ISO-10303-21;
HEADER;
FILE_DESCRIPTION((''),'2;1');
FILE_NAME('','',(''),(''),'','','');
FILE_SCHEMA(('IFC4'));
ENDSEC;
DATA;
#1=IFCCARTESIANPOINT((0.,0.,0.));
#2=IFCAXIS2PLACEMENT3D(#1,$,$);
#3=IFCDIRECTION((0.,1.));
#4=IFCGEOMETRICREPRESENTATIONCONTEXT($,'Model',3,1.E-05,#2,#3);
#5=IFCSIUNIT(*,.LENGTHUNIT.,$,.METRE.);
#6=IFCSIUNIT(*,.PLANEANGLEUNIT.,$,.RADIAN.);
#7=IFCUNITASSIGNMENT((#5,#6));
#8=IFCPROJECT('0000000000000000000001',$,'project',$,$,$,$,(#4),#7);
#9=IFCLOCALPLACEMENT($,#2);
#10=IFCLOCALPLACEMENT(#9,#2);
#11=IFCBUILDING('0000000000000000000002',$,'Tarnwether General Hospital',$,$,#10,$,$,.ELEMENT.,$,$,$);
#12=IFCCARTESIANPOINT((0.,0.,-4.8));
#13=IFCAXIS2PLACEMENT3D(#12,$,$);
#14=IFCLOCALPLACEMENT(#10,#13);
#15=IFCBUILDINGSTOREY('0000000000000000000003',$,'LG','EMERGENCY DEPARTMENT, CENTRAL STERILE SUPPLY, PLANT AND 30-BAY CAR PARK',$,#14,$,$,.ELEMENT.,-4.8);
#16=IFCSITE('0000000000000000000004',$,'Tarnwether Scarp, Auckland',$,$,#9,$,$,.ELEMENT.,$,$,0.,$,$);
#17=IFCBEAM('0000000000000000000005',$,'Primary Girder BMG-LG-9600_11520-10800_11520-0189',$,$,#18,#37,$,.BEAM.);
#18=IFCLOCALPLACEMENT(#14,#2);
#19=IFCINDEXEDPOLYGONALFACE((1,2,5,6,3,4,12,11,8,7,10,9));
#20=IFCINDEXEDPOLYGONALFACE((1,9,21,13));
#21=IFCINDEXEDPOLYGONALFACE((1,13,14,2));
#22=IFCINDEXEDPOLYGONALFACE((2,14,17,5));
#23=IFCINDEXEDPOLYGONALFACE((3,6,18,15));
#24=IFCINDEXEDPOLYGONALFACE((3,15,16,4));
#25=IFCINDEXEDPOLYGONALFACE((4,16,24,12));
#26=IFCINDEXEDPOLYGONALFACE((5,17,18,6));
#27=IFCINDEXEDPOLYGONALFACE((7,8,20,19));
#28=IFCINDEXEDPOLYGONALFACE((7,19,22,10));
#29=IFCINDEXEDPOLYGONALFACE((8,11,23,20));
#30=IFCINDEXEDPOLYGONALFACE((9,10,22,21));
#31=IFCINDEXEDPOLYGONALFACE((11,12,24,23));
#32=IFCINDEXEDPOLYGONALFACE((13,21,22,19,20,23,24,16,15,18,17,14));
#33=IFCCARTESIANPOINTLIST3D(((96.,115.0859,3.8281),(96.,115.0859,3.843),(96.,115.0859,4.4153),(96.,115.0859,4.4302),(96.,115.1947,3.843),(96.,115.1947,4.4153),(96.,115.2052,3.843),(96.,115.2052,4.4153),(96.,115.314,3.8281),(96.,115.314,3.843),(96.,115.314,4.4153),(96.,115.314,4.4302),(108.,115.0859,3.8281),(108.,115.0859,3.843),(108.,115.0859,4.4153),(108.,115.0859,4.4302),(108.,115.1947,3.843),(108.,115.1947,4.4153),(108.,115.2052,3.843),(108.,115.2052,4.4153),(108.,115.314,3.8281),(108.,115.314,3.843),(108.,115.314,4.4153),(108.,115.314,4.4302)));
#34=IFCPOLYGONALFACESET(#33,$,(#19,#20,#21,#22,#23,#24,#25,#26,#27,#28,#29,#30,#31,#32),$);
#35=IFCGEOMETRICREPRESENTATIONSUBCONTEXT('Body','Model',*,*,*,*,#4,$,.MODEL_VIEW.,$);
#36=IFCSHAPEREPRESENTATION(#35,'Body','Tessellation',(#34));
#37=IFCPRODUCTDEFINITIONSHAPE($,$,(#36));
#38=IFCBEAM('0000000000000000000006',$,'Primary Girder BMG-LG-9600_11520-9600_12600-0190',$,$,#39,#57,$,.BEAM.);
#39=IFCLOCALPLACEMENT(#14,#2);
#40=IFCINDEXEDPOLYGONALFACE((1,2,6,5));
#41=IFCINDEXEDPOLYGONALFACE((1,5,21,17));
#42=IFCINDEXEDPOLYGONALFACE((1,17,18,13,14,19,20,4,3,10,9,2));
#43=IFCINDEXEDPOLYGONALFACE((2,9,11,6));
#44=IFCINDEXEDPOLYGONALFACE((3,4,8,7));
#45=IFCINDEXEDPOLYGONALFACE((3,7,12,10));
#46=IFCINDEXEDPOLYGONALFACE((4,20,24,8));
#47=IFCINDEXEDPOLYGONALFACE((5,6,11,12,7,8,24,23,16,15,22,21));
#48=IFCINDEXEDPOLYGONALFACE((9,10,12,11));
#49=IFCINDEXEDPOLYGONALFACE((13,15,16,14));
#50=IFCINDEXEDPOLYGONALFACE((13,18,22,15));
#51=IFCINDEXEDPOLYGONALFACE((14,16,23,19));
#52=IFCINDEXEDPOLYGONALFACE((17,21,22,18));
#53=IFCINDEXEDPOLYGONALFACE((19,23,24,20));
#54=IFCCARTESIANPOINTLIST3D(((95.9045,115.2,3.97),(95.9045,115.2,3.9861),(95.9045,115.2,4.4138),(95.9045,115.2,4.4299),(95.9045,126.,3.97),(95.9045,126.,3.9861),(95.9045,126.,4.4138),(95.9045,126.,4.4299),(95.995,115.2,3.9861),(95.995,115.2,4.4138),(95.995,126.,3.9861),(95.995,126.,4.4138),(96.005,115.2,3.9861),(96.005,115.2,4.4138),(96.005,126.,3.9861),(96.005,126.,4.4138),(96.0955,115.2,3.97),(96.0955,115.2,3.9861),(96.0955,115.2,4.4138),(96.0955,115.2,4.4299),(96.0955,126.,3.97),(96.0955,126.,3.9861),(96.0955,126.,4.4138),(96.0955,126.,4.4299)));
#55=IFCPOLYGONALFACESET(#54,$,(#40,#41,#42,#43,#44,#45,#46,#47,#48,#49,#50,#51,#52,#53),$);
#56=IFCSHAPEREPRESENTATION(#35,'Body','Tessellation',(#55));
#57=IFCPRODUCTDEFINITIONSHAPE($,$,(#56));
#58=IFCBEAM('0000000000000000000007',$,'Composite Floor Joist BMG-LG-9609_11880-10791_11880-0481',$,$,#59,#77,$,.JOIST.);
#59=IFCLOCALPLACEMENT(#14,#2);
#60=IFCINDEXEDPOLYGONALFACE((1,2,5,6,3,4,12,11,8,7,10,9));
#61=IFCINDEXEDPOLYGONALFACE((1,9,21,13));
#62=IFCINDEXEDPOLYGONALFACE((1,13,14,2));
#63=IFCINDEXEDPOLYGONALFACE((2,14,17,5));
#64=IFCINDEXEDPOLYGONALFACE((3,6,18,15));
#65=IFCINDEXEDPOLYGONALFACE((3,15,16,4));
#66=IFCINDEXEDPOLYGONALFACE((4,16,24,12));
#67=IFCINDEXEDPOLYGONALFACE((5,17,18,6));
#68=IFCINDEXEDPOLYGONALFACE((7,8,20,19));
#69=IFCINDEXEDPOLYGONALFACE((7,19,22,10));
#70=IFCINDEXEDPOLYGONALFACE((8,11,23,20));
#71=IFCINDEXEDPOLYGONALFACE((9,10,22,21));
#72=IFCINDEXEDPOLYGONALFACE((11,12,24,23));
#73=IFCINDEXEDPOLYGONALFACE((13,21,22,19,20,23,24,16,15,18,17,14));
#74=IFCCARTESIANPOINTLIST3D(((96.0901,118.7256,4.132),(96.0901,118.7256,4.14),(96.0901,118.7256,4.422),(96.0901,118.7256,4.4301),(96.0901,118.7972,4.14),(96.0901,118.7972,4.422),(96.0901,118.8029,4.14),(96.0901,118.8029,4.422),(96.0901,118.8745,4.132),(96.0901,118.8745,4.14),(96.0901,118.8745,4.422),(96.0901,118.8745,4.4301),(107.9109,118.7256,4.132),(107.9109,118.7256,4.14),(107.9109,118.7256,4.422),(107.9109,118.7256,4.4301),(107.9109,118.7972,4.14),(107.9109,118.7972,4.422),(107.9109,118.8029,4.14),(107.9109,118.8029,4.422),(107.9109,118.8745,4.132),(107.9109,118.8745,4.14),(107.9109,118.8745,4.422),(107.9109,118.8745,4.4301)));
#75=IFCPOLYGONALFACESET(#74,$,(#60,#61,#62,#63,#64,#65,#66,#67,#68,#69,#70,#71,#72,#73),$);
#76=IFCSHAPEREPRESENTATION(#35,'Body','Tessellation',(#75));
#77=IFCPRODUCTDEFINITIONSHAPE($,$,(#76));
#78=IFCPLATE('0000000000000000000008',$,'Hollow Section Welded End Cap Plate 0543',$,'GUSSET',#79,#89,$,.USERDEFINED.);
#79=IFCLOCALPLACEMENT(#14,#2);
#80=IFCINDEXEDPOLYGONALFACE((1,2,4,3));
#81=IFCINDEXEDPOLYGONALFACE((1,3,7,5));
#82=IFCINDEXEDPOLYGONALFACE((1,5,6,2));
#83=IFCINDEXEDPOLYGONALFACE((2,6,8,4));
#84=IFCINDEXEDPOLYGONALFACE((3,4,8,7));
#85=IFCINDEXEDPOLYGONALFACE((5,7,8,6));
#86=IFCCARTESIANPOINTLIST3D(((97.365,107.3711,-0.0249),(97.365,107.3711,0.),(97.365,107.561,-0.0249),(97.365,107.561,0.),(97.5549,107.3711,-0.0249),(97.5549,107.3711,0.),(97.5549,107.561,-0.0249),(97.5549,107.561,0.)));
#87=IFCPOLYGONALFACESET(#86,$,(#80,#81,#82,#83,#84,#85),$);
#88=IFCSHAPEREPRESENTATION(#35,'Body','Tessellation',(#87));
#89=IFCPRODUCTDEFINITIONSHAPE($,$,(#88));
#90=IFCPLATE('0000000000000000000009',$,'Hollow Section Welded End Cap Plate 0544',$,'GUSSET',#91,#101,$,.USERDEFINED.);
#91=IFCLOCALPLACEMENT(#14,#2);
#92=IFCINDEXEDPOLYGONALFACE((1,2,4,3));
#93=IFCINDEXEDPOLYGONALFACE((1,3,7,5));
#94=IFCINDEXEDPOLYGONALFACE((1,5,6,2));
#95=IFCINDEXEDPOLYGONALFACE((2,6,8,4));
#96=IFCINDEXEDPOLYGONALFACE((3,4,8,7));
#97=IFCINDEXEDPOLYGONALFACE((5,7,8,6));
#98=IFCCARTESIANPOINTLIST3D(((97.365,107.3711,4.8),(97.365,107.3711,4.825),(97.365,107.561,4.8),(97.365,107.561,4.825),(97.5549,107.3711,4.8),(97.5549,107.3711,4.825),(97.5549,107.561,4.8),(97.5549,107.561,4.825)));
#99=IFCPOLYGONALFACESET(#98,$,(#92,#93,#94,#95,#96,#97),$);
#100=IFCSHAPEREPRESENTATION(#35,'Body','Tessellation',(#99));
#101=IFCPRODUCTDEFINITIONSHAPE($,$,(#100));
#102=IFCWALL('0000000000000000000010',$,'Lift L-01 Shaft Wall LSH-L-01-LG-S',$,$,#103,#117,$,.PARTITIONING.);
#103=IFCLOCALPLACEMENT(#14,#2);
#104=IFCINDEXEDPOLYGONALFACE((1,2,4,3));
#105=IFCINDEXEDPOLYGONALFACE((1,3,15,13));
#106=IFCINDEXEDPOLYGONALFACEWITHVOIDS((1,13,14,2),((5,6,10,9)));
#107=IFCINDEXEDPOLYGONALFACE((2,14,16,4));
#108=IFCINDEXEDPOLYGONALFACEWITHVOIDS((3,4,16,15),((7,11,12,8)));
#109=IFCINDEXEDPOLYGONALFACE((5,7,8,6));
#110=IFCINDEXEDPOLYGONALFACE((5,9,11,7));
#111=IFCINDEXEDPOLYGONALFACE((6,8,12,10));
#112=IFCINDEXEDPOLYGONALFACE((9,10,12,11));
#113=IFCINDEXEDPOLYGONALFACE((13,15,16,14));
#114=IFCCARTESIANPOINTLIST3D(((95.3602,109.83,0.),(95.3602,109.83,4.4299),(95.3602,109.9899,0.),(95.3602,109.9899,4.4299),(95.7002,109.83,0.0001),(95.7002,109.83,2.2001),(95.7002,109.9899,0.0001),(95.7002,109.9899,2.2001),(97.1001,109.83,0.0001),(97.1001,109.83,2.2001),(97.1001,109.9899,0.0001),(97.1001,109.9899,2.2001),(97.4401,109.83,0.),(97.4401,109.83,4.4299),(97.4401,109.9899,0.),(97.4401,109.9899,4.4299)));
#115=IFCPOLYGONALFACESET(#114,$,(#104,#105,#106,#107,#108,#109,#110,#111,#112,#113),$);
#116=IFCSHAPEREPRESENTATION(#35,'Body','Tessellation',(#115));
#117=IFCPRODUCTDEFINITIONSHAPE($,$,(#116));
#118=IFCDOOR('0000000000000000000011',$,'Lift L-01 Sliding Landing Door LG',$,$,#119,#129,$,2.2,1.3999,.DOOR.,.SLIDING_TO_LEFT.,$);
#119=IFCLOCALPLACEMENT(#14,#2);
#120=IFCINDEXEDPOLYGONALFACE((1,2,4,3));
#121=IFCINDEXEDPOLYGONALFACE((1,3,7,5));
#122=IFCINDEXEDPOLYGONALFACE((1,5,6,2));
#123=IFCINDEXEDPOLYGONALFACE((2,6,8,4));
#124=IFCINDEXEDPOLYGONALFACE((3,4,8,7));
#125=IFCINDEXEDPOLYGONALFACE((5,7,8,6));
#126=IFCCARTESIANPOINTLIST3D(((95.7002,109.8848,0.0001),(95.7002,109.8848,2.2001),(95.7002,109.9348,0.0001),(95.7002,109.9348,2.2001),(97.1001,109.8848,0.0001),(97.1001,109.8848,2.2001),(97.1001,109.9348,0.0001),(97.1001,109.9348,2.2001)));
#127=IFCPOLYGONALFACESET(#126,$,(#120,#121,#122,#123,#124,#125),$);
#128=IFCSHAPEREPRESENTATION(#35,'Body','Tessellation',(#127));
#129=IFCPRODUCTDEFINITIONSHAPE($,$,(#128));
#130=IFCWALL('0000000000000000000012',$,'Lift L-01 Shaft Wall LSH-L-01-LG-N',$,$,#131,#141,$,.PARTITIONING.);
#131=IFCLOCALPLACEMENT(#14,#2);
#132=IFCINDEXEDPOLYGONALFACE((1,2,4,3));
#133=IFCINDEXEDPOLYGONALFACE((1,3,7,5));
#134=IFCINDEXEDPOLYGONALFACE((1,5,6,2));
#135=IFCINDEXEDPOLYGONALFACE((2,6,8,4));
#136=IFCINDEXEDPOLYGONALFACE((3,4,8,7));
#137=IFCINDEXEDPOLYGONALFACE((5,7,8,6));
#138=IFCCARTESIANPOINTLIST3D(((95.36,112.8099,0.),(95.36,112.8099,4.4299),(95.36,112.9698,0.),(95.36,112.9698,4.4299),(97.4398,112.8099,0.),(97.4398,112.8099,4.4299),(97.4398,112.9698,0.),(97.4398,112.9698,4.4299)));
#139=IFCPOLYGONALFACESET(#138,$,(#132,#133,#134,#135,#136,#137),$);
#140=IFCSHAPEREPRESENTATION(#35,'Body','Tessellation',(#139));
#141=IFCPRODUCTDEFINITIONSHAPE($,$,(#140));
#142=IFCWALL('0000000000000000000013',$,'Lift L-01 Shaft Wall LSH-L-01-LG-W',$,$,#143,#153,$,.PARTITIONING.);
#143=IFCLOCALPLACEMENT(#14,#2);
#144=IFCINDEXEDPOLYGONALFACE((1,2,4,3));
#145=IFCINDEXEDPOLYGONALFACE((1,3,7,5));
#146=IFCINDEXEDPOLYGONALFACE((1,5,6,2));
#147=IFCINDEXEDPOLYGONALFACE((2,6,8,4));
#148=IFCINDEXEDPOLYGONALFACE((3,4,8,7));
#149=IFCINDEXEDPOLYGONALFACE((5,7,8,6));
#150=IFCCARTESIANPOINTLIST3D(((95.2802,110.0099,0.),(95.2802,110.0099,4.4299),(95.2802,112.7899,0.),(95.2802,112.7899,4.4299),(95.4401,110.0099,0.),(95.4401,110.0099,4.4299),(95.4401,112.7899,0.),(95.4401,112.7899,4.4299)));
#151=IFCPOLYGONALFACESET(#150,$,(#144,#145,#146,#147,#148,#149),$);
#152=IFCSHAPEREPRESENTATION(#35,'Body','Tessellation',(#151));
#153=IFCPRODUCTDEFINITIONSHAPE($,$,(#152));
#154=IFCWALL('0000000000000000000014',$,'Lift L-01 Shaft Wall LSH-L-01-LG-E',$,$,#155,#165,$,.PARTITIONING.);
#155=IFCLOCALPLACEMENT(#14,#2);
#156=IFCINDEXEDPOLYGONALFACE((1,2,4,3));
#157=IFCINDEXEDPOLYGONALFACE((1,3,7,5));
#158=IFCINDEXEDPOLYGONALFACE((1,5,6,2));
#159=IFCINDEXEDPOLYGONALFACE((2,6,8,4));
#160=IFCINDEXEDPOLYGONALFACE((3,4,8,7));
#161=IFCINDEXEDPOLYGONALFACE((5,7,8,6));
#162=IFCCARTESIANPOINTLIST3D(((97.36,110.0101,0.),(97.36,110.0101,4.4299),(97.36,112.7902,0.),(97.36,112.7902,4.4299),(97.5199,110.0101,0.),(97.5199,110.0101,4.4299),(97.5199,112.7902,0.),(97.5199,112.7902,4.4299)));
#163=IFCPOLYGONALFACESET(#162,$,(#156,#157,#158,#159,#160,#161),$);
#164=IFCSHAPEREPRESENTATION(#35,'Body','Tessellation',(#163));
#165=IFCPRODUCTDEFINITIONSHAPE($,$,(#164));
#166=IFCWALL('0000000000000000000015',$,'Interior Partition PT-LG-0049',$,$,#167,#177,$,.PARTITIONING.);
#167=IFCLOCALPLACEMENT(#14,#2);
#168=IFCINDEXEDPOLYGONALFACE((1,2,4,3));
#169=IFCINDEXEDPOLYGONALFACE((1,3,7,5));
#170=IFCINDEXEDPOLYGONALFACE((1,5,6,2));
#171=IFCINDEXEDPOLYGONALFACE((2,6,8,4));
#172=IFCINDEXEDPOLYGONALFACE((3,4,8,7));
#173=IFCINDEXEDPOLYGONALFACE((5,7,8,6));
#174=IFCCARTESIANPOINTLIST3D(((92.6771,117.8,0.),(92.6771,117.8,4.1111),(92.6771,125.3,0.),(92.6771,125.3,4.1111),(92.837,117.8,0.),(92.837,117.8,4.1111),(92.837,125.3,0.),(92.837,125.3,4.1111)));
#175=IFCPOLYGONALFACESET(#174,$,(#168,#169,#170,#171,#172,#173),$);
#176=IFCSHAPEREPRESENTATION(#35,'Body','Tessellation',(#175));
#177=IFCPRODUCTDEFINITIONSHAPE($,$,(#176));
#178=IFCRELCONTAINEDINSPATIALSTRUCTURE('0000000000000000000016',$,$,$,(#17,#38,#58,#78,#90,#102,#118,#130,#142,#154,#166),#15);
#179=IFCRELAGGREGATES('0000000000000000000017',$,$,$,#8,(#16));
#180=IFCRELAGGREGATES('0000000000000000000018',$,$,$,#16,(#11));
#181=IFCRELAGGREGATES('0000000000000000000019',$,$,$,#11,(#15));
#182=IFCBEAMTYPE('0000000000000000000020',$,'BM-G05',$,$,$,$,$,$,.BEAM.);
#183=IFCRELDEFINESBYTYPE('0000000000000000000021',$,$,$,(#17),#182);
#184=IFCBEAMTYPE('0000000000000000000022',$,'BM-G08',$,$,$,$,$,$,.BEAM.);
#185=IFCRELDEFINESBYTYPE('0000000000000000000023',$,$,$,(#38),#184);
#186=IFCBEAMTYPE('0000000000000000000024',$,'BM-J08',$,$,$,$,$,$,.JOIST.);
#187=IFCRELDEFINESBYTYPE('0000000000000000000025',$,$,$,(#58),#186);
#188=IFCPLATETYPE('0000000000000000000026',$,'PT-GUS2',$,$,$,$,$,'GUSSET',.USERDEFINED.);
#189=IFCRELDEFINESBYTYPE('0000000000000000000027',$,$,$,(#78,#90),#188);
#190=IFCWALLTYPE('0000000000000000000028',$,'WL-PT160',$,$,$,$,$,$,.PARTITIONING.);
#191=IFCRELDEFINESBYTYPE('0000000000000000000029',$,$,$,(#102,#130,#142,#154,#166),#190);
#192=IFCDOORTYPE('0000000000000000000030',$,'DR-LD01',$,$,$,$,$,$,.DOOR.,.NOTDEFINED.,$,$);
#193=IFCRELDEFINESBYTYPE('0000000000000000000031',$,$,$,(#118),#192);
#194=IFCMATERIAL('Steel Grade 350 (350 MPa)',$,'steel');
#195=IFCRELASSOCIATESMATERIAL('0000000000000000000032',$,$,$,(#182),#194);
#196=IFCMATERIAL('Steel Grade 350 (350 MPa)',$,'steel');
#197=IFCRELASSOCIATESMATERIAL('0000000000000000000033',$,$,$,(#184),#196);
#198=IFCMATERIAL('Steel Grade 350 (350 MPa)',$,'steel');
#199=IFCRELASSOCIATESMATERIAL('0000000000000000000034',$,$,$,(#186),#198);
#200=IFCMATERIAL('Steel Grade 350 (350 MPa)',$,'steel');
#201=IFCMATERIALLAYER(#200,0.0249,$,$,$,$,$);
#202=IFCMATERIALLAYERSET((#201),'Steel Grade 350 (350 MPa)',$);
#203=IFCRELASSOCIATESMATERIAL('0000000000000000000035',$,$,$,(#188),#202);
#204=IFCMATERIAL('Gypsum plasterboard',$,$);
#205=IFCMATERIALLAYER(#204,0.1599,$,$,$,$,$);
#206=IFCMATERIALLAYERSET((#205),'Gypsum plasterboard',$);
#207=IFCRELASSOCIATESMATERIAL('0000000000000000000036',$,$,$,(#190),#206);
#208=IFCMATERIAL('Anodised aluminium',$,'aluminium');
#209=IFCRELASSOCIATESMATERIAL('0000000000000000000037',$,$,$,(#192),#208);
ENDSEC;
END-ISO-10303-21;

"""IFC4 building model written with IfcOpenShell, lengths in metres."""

from ifc_helpers import new_model, si_unit, direction, frame, frame_2d, origin, origin_2d, place, context, subcontext, project, spatial, rectangle, i_section, extrude, material, layer, layer_set, material_profile, profile_set, type_object, element, fill, save


model = new_model("IFC4")

# Units and contexts
model_context = context("Model", 3, precision=1e-05, world=origin(), true_north=direction((0.0, 1.0)))
body_context = subcontext(model_context, "Body", "Model", "MODEL_VIEW")
ifc_project = project(units=[si_unit("LENGTHUNIT", "METRE"), si_unit("PLANEANGLEUNIT", "RADIAN")], contexts=[model_context])

# Site, building, storey
site_placement = place(None, origin())
site = spatial("IfcSite", under=ifc_project, at=site_placement, Name="Tarnwether Scarp, Auckland", CompositionType="ELEMENT", RefElevation=0.0)
building_placement = place(site_placement, origin())
building = spatial("IfcBuilding", under=site, at=building_placement, Name="Tarnwether General Hospital", CompositionType="ELEMENT")
storey_placement = place(building_placement, frame((0.0, 0.0, -4.8)))
storey = spatial("IfcBuildingStorey", under=building, at=storey_placement, Name="LG", Description="EMERGENCY DEPARTMENT, CENTRAL STERILE SUPPLY, PLANT AND 30-BAY CAR PARK", CompositionType="ELEMENT", Elevation=-4.8)

# Beams
ifc_material_1 = material(Name="Steel Grade 350 (350 MPa)", Category="steel")
ifc_material_profile_1 = material_profile(ifc_material_1, i_section(OverallWidth=0.228, OverallDepth=0.6021, WebThickness=0.0105, FlangeThickness=0.0149, at=origin_2d()), Name="610UB101")
ifc_profile_set_1 = profile_set([ifc_material_profile_1], Name="Steel Grade 350 (350 MPa)")
beam_type_1 = type_object("IfcBeamType", Name="BM-G05", PredefinedType="BEAM", material=ifc_profile_set_1)
beam_1_placement = place(storey_placement, frame((96.0, 115.2, 4.1292), z_axis=(1.0, 0.0, 0.0), x_axis=(0.0, 1.0, 0.0)))
element("IfcBeam", 1, at=beam_1_placement, inside=storey, type_object=beam_type_1, Name="Primary Girder BMG-LG-9600_11520-10800_11520-0189", PredefinedType="BEAM", context=body_context, shape_type="SweptSolid", body=[
    extrude(i_section(OverallWidth=0.228, OverallDepth=0.6021, WebThickness=0.0105, FlangeThickness=0.0149, at=origin_2d()), origin(), (0.0, 0.0, 1.0), 12.0),
])
ifc_material_2 = material(Name="Steel Grade 350 (350 MPa)", Category="steel")
ifc_material_profile_2 = material_profile(ifc_material_2, i_section(OverallWidth=0.1909, OverallDepth=0.46, WebThickness=0.01, FlangeThickness=0.0161, at=origin_2d()), Name="460UB82.1")
ifc_profile_set_2 = profile_set([ifc_material_profile_2], Name="Steel Grade 350 (350 MPa)")
beam_type_2 = type_object("IfcBeamType", Name="BM-G08", PredefinedType="BEAM", material=ifc_profile_set_2)
beam_2_placement = place(storey_placement, frame((96.0, 115.2, 4.2), z_axis=(0.0, 1.0, 0.0), x_axis=(-1.0, 0.0, 0.0)))
element("IfcBeam", 2, at=beam_2_placement, inside=storey, type_object=beam_type_2, Name="Primary Girder BMG-LG-9600_11520-9600_12600-0190", PredefinedType="BEAM", context=body_context, shape_type="SweptSolid", body=[
    extrude(i_section(OverallWidth=0.1909, OverallDepth=0.46, WebThickness=0.01, FlangeThickness=0.0161, at=origin_2d()), origin(), (0.0, 0.0, 1.0), 10.8),
])
ifc_material_3 = material(Name="Steel Grade 350 (350 MPa)", Category="steel")
ifc_material_profile_3 = material_profile(ifc_material_3, i_section(OverallWidth=0.1489, OverallDepth=0.2981, WebThickness=0.0056, FlangeThickness=0.0081, at=origin_2d()), Name="310UB32.0")
ifc_profile_set_3 = profile_set([ifc_material_profile_3], Name="Steel Grade 350 (350 MPa)")
beam_type_3 = type_object("IfcBeamType", Name="BM-J08", PredefinedType="JOIST", material=ifc_profile_set_3)
beam_3_placement = place(storey_placement, frame((96.0901, 118.8, 4.281), z_axis=(1.0, 0.0, 0.0), x_axis=(0.0, 1.0, 0.0)))
element("IfcBeam", 3, at=beam_3_placement, inside=storey, type_object=beam_type_3, Name="Composite Floor Joist BMG-LG-9609_11880-10791_11880-0481", PredefinedType="JOIST", context=body_context, shape_type="SweptSolid", body=[
    extrude(i_section(OverallWidth=0.1489, OverallDepth=0.2981, WebThickness=0.0056, FlangeThickness=0.0081, at=origin_2d()), origin(), (0.0, 0.0, 1.0), 11.8208),
])

# Plates
ifc_material_4 = material(Name="Steel Grade 350 (350 MPa)", Category="steel")
ifc_layer_1 = layer(ifc_material_4, 0.0249)
ifc_layer_set_1 = layer_set([ifc_layer_1], Name="Steel Grade 350 (350 MPa)")
plate_type = type_object("IfcPlateType", Name="PT-GUS2", ElementType="GUSSET", PredefinedType="USERDEFINED", material=ifc_layer_set_1)
for number, where, z_axis, x_axis, name in (
    (4, (97.46, 107.4661, -0.0249), (0.0, 0.0, 1.0), (1.0, 0.0, 0.0), "Hollow Section Welded End Cap Plate 0543"),
    (5, (97.46, 107.4661, 4.8), (0.0, 0.0, 1.0), (1.0, 0.0, 0.0), "Hollow Section Welded End Cap Plate 0544"),
):
    element("IfcPlate", number, at=place(storey_placement, frame(where, z_axis=z_axis, x_axis=x_axis)), inside=storey, type_object=plate_type, Name=name, ObjectType="GUSSET", PredefinedType="USERDEFINED", context=body_context, shape_type="SweptSolid", body=[
        extrude(rectangle(XDim=0.1899, YDim=0.1899, at=origin_2d()), origin(), (0.0, 0.0, 1.0), 0.0249),
    ])

# Wall, opening, door
ifc_material_5 = material(Name="Gypsum plasterboard")
ifc_layer_2 = layer(ifc_material_5, 0.1599)
ifc_layer_set_2 = layer_set([ifc_layer_2], Name="Gypsum plasterboard")
wall_type_1 = type_object("IfcWallType", Name="WL-PT160", PredefinedType="PARTITIONING", material=ifc_layer_set_2)
wall_1_placement = place(storey_placement, frame((95.3601, 109.9099, 0.0), z_axis=(0.0, 0.0, 1.0), x_axis=(1.0, 0.0, 0.0)))
wall_1 = element("IfcWall", 6, at=wall_1_placement, inside=storey, type_object=wall_type_1, Name="Lift L-01 Shaft Wall LSH-L-01-LG-S", PredefinedType="PARTITIONING", context=body_context, shape_type="SweptSolid", body=[
    extrude(rectangle(XDim=2.0798, YDim=0.1599, at=frame_2d((1.04, 0.0))), origin(), (0.0, 0.0, 1.0), 4.4299),
])
opening_1_placement = place(wall_1_placement, frame((0.3401, 0.0, 0.0)))
opening_1 = element("IfcOpeningElement", 7, at=opening_1_placement, cuts=wall_1, PredefinedType="OPENING", context=body_context, shape_type="SweptSolid", body=[
    extrude(rectangle(XDim=1.3999, YDim=2.2, at=frame_2d((0.7, 1.1001))), frame((0.0, 0.0898, 0.0), z_axis=(0.0, -1.0, 0.0), x_axis=(1.0, 0.0, 0.0)), (0.0, 0.0, 1.0), 0.1799),
])
ifc_material_6 = material(Name="Anodised aluminium", Category="aluminium")
door_type_1 = type_object("IfcDoorType", Name="DR-LD01", OperationType="NOTDEFINED", PredefinedType="DOOR", material=ifc_material_6)
door_1_placement = place(opening_1_placement, origin())
door_1 = element("IfcDoor", 8, at=door_1_placement, inside=storey, type_object=door_type_1, Name="Lift L-01 Sliding Landing Door LG", OperationType="SLIDING_TO_LEFT", OverallHeight=2.2, OverallWidth=1.3999, PredefinedType="DOOR", context=body_context, shape_type="SweptSolid", body=[
    extrude(rectangle(XDim=1.3999, YDim=2.2, at=frame_2d((0.7, 1.1001))), frame((0.0, 0.0249, 0.0), z_axis=(0.0, -1.0, 0.0), x_axis=(1.0, 0.0, 0.0)), (0.0, 0.0, 1.0), 0.05),
])
fill(opening_1, door_1)

# Walls
wall_2_placement = place(storey_placement, frame((97.4399, 112.8899, 0.0), z_axis=(0.0, 0.0, 1.0), x_axis=(-1.0, 0.0, 0.0)))
element("IfcWall", 9, at=wall_2_placement, inside=storey, type_object=wall_type_1, Name="Lift L-01 Shaft Wall LSH-L-01-LG-N", PredefinedType="PARTITIONING", context=body_context, shape_type="SweptSolid", body=[
    extrude(rectangle(XDim=2.0798, YDim=0.1599, at=frame_2d((1.04, 0.0))), origin(), (0.0, 0.0, 1.0), 4.4299),
])
for number, where, z_axis, x_axis, name in (
    (10, (95.3601, 112.79, 0.0), (0.0, 0.0, 1.0), (0.0, -1.0, 0.0), "Lift L-01 Shaft Wall LSH-L-01-LG-W"),
    (11, (97.4399, 110.01, 0.0), (0.0, 0.0, 1.0), (0.0, 1.0, 0.0), "Lift L-01 Shaft Wall LSH-L-01-LG-E"),
):
    element("IfcWall", number, at=place(storey_placement, frame(where, z_axis=z_axis, x_axis=x_axis)), inside=storey, type_object=wall_type_1, Name=name, PredefinedType="PARTITIONING", context=body_context, shape_type="SweptSolid", body=[
        extrude(rectangle(XDim=2.78, YDim=0.1599, at=frame_2d((1.3901, 0.0))), origin(), (0.0, 0.0, 1.0), 4.4299),
    ])

# Wall
wall_3_placement = place(storey_placement, frame((92.7571, 117.8, 0.0), z_axis=(0.0, 0.0, 1.0), x_axis=(0.0, 1.0, 0.0)))
element("IfcWall", 12, at=wall_3_placement, inside=storey, type_object=wall_type_1, Name="Interior Partition PT-LG-0049", PredefinedType="PARTITIONING", context=body_context, shape_type="SweptSolid", body=[
    extrude(rectangle(XDim=7.5, YDim=0.1599, at=frame_2d((3.75, 0.0))), origin(), (0.0, 0.0, 1.0), 4.1111),
])

save(model, "model.ifc")
